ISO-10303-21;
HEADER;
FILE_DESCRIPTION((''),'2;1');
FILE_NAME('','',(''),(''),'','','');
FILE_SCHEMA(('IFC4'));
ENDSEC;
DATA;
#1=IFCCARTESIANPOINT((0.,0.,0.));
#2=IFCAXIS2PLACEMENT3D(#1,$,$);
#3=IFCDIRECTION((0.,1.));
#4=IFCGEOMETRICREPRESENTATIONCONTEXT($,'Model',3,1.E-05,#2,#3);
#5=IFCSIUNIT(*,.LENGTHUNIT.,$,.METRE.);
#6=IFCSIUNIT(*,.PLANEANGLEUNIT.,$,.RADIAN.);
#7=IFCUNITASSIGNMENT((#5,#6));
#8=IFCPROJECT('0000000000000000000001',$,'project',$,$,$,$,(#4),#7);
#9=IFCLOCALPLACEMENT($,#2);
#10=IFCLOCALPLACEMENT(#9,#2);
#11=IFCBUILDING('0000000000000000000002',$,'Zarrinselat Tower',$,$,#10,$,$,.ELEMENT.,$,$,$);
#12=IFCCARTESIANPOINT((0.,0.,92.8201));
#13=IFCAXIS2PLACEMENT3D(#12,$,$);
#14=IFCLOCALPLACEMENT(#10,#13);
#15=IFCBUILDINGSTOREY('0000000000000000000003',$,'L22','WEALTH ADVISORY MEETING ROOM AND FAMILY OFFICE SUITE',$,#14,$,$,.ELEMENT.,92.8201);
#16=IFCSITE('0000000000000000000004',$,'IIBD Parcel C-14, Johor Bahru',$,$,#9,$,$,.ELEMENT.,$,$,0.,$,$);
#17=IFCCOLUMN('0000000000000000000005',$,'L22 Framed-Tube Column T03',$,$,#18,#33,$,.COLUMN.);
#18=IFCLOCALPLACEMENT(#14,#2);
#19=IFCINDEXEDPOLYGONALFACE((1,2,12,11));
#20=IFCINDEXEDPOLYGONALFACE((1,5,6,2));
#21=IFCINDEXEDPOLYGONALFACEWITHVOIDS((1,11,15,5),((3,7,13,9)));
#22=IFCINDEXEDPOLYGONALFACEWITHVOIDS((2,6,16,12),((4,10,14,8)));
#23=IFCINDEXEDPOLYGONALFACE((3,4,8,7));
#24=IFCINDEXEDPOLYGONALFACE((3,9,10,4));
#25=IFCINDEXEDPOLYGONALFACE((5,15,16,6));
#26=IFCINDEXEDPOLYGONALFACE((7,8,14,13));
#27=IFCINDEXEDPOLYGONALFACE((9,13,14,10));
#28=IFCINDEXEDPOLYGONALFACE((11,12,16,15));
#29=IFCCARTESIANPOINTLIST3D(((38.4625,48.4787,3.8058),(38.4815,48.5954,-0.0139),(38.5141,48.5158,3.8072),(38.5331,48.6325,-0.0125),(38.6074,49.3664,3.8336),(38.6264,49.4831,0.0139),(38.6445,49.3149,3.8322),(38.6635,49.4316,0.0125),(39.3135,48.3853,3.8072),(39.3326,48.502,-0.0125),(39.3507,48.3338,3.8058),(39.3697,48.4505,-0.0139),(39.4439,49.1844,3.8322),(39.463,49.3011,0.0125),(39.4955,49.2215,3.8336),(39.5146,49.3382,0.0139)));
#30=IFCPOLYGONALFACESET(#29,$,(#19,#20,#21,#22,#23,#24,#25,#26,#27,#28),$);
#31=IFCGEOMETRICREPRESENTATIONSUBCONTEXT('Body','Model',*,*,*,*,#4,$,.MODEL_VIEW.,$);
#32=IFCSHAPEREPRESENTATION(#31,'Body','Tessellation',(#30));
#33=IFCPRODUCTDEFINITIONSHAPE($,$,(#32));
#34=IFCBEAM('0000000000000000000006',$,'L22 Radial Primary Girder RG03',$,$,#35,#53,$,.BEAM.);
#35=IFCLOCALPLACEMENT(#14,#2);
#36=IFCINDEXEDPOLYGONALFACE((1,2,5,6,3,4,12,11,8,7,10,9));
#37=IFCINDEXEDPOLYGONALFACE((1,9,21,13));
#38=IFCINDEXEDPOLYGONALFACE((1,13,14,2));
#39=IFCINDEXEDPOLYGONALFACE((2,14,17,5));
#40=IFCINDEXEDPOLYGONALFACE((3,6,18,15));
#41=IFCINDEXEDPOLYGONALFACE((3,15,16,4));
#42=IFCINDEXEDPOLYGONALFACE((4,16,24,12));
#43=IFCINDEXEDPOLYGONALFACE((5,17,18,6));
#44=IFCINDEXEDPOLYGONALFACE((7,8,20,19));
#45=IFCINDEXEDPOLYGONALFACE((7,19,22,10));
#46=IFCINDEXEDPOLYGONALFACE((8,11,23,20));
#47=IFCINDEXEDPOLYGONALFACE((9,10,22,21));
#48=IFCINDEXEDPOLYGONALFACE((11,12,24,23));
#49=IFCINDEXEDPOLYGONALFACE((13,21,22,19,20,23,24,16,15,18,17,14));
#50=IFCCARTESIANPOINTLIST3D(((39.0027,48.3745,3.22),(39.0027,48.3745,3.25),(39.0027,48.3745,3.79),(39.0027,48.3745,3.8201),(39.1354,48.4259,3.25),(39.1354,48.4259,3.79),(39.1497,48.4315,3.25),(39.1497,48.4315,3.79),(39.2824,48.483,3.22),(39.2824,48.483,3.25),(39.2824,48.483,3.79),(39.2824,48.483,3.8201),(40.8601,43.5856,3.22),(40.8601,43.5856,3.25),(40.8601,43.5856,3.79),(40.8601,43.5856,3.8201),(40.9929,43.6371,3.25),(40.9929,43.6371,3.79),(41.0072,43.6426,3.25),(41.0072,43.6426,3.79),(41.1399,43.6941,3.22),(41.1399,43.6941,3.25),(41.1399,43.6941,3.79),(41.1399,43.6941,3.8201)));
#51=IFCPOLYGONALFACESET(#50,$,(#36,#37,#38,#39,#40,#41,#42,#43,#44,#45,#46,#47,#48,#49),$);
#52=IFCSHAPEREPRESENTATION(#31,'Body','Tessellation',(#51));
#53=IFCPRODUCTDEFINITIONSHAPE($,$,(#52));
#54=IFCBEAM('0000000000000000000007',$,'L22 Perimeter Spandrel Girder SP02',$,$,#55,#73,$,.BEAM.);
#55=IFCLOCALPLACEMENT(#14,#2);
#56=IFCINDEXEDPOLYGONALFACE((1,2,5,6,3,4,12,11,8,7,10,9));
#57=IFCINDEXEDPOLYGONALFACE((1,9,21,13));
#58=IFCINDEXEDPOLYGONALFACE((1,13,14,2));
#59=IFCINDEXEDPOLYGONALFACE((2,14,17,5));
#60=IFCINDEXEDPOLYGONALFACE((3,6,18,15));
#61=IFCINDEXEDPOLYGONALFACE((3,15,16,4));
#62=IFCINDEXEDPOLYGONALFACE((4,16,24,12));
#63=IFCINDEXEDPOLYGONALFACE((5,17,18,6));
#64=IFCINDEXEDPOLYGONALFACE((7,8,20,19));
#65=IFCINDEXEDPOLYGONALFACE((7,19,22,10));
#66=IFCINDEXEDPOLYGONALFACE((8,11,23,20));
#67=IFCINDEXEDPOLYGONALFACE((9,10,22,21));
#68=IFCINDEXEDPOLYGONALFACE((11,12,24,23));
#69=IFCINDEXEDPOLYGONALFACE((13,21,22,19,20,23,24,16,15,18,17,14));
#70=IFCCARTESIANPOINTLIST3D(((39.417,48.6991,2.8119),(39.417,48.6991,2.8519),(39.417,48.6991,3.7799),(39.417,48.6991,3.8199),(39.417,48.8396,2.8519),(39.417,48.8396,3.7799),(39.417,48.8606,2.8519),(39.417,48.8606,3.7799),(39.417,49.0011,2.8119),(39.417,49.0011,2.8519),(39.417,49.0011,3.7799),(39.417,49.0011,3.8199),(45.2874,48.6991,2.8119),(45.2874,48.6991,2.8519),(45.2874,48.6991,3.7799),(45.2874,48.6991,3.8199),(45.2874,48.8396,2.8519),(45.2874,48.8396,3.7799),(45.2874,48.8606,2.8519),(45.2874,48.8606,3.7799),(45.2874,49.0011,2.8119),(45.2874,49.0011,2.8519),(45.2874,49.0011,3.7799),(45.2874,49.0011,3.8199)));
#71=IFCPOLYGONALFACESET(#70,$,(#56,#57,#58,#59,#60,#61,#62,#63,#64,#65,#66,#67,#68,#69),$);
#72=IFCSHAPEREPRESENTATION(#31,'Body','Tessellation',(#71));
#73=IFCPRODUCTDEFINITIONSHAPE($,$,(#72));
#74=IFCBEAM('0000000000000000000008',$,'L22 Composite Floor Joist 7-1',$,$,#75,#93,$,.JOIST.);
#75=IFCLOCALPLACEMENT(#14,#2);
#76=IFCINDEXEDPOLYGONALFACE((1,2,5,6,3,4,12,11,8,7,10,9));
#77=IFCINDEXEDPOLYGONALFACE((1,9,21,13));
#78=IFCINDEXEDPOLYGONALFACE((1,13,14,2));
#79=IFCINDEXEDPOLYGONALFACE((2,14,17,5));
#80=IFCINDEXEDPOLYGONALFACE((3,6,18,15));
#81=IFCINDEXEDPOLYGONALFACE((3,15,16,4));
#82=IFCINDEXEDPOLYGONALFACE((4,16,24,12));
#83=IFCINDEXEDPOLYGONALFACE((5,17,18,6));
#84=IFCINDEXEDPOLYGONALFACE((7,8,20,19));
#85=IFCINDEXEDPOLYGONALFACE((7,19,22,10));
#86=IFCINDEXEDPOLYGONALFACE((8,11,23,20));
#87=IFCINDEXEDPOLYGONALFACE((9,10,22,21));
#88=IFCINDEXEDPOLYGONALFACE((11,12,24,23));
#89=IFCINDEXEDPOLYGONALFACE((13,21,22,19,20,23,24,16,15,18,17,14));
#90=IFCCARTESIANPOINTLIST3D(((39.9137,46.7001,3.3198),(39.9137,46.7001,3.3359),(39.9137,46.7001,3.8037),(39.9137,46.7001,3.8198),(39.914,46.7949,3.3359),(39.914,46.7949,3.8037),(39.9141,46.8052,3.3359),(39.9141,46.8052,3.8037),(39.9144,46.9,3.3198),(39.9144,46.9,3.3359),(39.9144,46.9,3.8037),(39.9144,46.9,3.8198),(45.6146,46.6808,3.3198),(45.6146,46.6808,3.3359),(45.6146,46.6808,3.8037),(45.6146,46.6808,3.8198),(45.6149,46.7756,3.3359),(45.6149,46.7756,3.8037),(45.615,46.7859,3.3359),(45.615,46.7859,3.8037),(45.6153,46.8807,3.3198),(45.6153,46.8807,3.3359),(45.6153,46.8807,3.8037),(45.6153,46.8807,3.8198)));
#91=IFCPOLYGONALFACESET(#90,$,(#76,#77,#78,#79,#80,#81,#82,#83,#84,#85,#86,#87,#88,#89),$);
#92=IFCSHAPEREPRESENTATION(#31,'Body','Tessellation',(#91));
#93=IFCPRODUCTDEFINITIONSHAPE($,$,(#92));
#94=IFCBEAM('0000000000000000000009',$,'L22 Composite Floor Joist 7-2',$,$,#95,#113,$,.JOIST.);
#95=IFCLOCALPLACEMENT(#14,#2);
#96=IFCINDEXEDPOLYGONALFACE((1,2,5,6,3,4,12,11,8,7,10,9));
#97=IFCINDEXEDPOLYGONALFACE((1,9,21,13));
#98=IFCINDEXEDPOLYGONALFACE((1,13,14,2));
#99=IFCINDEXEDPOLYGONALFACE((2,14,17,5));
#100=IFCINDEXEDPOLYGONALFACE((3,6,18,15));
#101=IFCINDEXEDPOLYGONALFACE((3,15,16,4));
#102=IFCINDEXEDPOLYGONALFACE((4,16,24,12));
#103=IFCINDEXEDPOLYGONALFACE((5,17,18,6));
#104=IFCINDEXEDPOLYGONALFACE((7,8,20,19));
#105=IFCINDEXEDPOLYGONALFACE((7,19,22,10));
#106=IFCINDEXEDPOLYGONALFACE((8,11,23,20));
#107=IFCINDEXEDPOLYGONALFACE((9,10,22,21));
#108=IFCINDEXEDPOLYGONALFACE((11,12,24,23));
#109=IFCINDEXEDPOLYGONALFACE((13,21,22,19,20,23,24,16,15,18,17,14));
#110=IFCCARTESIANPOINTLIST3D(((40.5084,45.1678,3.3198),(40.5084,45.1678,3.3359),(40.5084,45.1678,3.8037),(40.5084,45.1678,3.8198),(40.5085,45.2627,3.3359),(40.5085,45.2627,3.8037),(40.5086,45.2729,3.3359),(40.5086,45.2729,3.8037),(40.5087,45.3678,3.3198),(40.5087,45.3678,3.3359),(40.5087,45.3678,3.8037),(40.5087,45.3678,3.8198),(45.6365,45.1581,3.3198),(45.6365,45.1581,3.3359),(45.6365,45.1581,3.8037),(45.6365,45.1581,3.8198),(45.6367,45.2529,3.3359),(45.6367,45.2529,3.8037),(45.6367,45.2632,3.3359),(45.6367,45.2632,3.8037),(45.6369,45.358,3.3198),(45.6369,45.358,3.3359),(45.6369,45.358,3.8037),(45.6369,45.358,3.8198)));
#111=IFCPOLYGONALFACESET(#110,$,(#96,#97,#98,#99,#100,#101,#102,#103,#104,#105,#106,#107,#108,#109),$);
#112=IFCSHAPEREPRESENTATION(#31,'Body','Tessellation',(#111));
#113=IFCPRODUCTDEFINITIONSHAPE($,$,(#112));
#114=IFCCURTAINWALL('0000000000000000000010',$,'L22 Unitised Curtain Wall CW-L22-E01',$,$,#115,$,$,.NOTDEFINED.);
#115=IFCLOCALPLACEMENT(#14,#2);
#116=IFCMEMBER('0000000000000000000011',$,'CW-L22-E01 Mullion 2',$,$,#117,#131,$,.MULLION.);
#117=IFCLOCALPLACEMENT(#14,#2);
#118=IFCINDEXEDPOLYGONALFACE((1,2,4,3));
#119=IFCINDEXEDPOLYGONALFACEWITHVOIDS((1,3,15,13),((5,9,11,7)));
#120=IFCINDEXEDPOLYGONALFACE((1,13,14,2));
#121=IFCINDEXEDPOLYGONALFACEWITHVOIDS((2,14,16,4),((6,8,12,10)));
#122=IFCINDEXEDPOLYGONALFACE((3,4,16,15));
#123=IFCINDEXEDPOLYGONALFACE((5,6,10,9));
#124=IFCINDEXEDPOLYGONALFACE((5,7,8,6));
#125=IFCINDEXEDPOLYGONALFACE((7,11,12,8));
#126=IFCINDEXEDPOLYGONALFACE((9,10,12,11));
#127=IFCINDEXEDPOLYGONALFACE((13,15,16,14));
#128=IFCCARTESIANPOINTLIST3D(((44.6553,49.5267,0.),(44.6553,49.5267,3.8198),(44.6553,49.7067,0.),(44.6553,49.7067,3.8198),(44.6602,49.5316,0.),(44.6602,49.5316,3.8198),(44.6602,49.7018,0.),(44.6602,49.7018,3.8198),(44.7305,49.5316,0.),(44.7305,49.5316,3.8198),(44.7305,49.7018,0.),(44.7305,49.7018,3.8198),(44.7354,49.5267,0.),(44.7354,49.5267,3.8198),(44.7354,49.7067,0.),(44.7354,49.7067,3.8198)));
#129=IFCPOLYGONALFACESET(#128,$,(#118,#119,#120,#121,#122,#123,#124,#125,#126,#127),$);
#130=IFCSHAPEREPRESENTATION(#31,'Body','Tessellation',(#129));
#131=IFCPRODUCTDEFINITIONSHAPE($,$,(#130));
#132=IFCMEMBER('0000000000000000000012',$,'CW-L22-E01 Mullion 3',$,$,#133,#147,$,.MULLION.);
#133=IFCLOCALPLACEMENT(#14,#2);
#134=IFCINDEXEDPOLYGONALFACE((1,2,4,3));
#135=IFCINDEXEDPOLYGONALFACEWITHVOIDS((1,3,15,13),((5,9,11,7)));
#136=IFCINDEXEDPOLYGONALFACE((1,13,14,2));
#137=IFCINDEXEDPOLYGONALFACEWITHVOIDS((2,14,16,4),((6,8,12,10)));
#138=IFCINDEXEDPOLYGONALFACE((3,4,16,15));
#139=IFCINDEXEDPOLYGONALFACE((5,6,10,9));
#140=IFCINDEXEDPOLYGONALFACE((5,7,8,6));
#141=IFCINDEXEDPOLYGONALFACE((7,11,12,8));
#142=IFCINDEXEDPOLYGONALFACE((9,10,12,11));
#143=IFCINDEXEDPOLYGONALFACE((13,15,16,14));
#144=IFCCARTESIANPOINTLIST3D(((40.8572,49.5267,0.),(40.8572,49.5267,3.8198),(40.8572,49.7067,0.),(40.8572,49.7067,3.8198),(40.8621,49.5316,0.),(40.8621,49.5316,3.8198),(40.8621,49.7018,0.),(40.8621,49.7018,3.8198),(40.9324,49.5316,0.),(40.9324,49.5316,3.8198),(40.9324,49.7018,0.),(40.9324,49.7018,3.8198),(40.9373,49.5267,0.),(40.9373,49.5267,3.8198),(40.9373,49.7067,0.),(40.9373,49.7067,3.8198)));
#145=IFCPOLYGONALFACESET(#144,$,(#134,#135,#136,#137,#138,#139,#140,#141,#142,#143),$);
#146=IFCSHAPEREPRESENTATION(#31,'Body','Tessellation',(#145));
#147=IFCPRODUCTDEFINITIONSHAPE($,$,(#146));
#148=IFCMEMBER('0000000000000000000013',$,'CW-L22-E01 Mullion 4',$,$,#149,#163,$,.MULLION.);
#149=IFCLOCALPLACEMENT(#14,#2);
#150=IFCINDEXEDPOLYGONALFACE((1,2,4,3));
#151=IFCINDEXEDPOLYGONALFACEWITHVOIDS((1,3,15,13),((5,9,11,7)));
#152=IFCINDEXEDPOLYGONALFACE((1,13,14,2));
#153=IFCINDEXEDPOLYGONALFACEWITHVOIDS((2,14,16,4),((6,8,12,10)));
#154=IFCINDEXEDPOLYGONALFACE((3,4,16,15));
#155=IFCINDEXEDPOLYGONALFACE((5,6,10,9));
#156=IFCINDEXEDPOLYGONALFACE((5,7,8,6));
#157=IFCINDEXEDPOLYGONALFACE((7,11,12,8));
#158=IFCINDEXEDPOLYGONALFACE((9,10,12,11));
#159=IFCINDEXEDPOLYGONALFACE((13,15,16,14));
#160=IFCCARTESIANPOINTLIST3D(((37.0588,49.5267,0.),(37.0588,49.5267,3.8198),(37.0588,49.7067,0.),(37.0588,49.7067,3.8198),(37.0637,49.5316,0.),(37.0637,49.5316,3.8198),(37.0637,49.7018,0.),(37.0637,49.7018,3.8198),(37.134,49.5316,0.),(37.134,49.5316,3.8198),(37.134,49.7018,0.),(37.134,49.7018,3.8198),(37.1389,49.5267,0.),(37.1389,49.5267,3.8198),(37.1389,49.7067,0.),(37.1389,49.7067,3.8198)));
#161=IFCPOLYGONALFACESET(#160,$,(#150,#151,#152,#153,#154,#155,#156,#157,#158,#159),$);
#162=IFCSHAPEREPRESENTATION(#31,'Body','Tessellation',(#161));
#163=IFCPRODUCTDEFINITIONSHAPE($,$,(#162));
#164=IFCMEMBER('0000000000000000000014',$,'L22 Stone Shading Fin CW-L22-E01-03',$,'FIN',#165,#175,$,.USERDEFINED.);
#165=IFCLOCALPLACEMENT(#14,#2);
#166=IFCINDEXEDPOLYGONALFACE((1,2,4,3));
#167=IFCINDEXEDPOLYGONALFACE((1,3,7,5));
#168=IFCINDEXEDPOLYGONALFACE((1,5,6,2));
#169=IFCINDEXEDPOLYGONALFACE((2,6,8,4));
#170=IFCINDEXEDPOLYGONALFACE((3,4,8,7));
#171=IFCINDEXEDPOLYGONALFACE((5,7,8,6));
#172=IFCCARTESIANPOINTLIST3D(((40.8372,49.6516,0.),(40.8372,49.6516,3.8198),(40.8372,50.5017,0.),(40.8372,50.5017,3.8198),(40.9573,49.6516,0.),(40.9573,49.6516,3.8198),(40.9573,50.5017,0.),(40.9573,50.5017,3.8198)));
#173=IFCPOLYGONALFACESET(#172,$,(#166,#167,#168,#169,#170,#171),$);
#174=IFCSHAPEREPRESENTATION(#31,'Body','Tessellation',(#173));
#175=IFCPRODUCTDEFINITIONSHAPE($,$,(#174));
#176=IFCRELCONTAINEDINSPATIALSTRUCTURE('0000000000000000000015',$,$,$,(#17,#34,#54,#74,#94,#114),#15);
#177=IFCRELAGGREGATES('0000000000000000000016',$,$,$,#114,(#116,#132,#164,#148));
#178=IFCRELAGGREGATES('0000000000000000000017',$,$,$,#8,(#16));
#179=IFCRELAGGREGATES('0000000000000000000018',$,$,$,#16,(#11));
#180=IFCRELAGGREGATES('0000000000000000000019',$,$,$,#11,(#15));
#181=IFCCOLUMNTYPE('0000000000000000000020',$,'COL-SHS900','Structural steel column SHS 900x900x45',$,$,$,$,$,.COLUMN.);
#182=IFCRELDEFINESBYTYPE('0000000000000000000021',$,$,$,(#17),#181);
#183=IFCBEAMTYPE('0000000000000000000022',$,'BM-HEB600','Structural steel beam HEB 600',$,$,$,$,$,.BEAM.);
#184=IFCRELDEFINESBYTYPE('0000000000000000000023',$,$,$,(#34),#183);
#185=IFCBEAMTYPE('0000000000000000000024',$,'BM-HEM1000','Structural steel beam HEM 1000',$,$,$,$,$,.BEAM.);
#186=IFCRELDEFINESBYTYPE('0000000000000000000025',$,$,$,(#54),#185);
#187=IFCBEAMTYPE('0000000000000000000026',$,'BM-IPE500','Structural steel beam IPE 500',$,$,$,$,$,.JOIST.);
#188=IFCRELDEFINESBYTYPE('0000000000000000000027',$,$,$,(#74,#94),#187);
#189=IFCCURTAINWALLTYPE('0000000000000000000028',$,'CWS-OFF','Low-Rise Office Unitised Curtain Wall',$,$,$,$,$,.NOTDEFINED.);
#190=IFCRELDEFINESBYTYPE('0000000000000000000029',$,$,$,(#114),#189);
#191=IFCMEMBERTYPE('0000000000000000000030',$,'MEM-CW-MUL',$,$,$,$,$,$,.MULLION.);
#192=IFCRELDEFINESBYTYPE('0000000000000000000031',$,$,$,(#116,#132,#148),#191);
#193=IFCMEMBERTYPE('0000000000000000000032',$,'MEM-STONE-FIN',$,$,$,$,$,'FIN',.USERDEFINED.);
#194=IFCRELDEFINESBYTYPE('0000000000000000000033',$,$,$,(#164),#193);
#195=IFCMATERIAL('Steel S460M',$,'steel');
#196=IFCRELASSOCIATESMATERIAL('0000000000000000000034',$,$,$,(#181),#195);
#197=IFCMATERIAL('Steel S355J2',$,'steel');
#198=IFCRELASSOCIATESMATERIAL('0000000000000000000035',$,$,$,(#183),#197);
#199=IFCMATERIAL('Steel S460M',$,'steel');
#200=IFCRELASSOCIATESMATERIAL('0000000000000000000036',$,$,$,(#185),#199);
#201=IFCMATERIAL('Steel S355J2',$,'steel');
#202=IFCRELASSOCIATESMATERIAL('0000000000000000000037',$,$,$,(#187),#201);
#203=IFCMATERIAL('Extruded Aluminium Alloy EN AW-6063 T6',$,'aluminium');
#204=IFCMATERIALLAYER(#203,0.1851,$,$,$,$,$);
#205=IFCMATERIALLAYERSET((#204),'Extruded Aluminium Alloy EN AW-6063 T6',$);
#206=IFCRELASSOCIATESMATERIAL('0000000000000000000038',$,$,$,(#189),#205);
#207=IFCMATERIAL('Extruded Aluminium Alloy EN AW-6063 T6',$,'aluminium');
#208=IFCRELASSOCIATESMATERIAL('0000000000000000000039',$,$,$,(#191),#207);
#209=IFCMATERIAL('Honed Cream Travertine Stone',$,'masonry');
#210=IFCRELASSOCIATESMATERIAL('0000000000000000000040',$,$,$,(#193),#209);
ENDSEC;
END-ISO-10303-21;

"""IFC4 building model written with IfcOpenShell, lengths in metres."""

from ifc_helpers import new_model, si_unit, direction, frame, origin, origin_2d, place, context, subcontext, project, spatial, rectangle, hollow_rectangle, i_section, extrude, material, layer, layer_set, material_profile, profile_set, type_object, element, aggregate, save


model = new_model("IFC4")

# Units and contexts
model_context = context("Model", 3, precision=1e-05, world=origin(), true_north=direction((0.0, 1.0)))
body_context = subcontext(model_context, "Body", "Model", "MODEL_VIEW")
ifc_project = project(units=[si_unit("LENGTHUNIT", "METRE"), si_unit("PLANEANGLEUNIT", "RADIAN")], contexts=[model_context])

# Site, building, storey
site_placement = place(None, origin())
site = spatial("IfcSite", under=ifc_project, at=site_placement, Name="IIBD Parcel C-14, Johor Bahru", CompositionType="ELEMENT", RefElevation=0.0)
building_placement = place(site_placement, origin())
building = spatial("IfcBuilding", under=site, at=building_placement, Name="Zarrinselat Tower", CompositionType="ELEMENT")
storey_placement = place(building_placement, frame((0.0, 0.0, 92.8201)))
storey = spatial("IfcBuildingStorey", under=building, at=storey_placement, Name="L22", Description="WEALTH ADVISORY MEETING ROOM AND FAMILY OFFICE SUITE", CompositionType="ELEMENT", Elevation=92.8201)

# Column
ifc_material_1 = material(Name="Steel S460M", Category="steel")
ifc_material_profile_1 = material_profile(ifc_material_1, hollow_rectangle(XDim=0.8999, YDim=0.8999, WallThickness=0.0449, at=origin_2d()), Name="SHS 900x900x45")
ifc_profile_set_1 = profile_set([ifc_material_profile_1], Name="Steel S460M")
column_type = type_object("IfcColumnType", Name="COL-SHS900", Description="Structural steel column SHS 900x900x45", PredefinedType="COLUMN", material=ifc_profile_set_1)
column_placement = place(storey_placement, frame((38.998, 48.9668, 0.0), z_axis=(-0.004983, -0.030536, 0.999521), x_axis=(0.986946, -0.16105, 0.0)))
element("IfcColumn", 1, at=column_placement, inside=storey, type_object=column_type, Name="L22 Framed-Tube Column T03", PredefinedType="COLUMN", context=body_context, shape_type="SweptSolid", body=[
    extrude(hollow_rectangle(XDim=0.8999, YDim=0.8999, WallThickness=0.0449, at=origin_2d()), origin(), (0.0, 0.0, 1.0), 3.8215),
])

# Beams
ifc_material_2 = material(Name="Steel S355J2", Category="steel")
ifc_material_profile_2 = material_profile(ifc_material_2, i_section(OverallWidth=0.3, OverallDepth=0.6001, WebThickness=0.0154, FlangeThickness=0.03, at=origin_2d()), Name="HEB 600")
ifc_profile_set_2 = profile_set([ifc_material_profile_2], Name="Steel S355J2")
beam_type_1 = type_object("IfcBeamType", Name="BM-HEB600", Description="Structural steel beam HEB 600", PredefinedType="BEAM", material=ifc_profile_set_2)
beam_1_placement = place(storey_placement, frame((39.1426, 48.4287, 3.52), z_axis=(0.361618, -0.932326, 0.0), x_axis=(0.932326, 0.361618, 0.0)))
element("IfcBeam", 2, at=beam_1_placement, inside=storey, type_object=beam_type_1, Name="L22 Radial Primary Girder RG03", PredefinedType="BEAM", context=body_context, shape_type="SweptSolid", body=[
    extrude(i_section(OverallWidth=0.3, OverallDepth=0.6001, WebThickness=0.0154, FlangeThickness=0.03, at=origin_2d()), origin(), (0.0, 0.0, 1.0), 5.1365),
])
ifc_material_3 = material(Name="Steel S460M", Category="steel")
ifc_material_profile_3 = material_profile(ifc_material_3, i_section(OverallWidth=0.302, OverallDepth=1.0081, WebThickness=0.021, FlangeThickness=0.04, at=origin_2d()), Name="HEM 1000")
ifc_profile_set_3 = profile_set([ifc_material_profile_3], Name="Steel S460M")
beam_type_2 = type_object("IfcBeamType", Name="BM-HEM1000", Description="Structural steel beam HEM 1000", PredefinedType="BEAM", material=ifc_profile_set_3)
beam_2_placement = place(storey_placement, frame((39.417, 48.8501, 3.3159), z_axis=(1.0, 0.0, 0.0), x_axis=(0.0, 1.0, 0.0)))
element("IfcBeam", 3, at=beam_2_placement, inside=storey, type_object=beam_type_2, Name="L22 Perimeter Spandrel Girder SP02", PredefinedType="BEAM", context=body_context, shape_type="SweptSolid", body=[
    extrude(i_section(OverallWidth=0.302, OverallDepth=1.0081, WebThickness=0.021, FlangeThickness=0.04, at=origin_2d()), origin(), (0.0, 0.0, 1.0), 5.8704),
])
ifc_material_4 = material(Name="Steel S355J2", Category="steel")
ifc_material_profile_4 = material_profile(ifc_material_4, i_section(OverallWidth=0.2, OverallDepth=0.5, WebThickness=0.0103, FlangeThickness=0.0161, at=origin_2d()), Name="IPE 500")
ifc_profile_set_4 = profile_set([ifc_material_profile_4], Name="Steel S355J2")
beam_type_3 = type_object("IfcBeamType", Name="BM-IPE500", Description="Structural steel beam IPE 500", PredefinedType="JOIST", material=ifc_profile_set_4)
beam_3_placement = place(storey_placement, frame((39.9141, 46.8, 3.5698), z_axis=(0.999994, -0.003383, 0.0), x_axis=(0.003383, 0.999994, 0.0)))
element("IfcBeam", 4, at=beam_3_placement, inside=storey, type_object=beam_type_3, Name="L22 Composite Floor Joist 7-1", PredefinedType="JOIST", context=body_context, shape_type="SweptSolid", body=[
    extrude(i_section(OverallWidth=0.2, OverallDepth=0.5, WebThickness=0.0103, FlangeThickness=0.0161, at=origin_2d()), origin(), (0.0, 0.0, 1.0), 5.7009),
])
beam_4_placement = place(storey_placement, frame((40.5085, 45.2678, 3.5698), z_axis=(0.999998, -0.001904, 0.0), x_axis=(0.001904, 0.999998, 0.0)))
element("IfcBeam", 5, at=beam_4_placement, inside=storey, type_object=beam_type_3, Name="L22 Composite Floor Joist 7-2", PredefinedType="JOIST", context=body_context, shape_type="SweptSolid", body=[
    extrude(i_section(OverallWidth=0.2, OverallDepth=0.5, WebThickness=0.0103, FlangeThickness=0.0161, at=origin_2d()), origin(), (0.0, 0.0, 1.0), 5.1282),
])

# Curtain wall, members
ifc_material_5 = material(Name="Extruded Aluminium Alloy EN AW-6063 T6", Category="aluminium")
ifc_layer_1 = layer(ifc_material_5, 0.1851)
ifc_layer_set_1 = layer_set([ifc_layer_1], Name="Extruded Aluminium Alloy EN AW-6063 T6")
curtain_wall_type = type_object("IfcCurtainWallType", Name="CWS-OFF", Description="Low-Rise Office Unitised Curtain Wall", PredefinedType="NOTDEFINED", material=ifc_layer_set_1)
curtain_wall_placement = place(storey_placement, origin())
curtain_wall = element("IfcCurtainWall", 6, at=curtain_wall_placement, inside=storey, type_object=curtain_wall_type, Name="L22 Unitised Curtain Wall CW-L22-E01", PredefinedType="NOTDEFINED")
ifc_material_6 = material(Name="Extruded Aluminium Alloy EN AW-6063 T6", Category="aluminium")
ifc_material_profile_5 = material_profile(ifc_material_6, hollow_rectangle(XDim=0.0801, YDim=0.1799, WallThickness=0.0049, at=origin_2d()), Name="RHS 180x80x5")
ifc_profile_set_5 = profile_set([ifc_material_profile_5], Name="Extruded Aluminium Alloy EN AW-6063 T6")
member_type_1 = type_object("IfcMemberType", Name="MEM-CW-MUL", PredefinedType="MULLION", material=ifc_profile_set_5)
member_1_placement = place(storey_placement, frame((44.6953, 49.6167, 0.0), z_axis=(0.0, 0.0, 1.0), x_axis=(-1.0, 0.0, 0.0)))
member_1 = element("IfcMember", 7, at=member_1_placement, type_object=member_type_1, Name="CW-L22-E01 Mullion 2", PredefinedType="MULLION", context=body_context, shape_type="SweptSolid", body=[
    extrude(hollow_rectangle(XDim=0.0801, YDim=0.1799, WallThickness=0.0049, at=origin_2d()), origin(), (0.0, 0.0, 1.0), 3.8198),
])
member_2_placement = place(storey_placement, frame((40.8972, 49.6167, 0.0), z_axis=(0.0, 0.0, 1.0), x_axis=(-1.0, 0.0, 0.0)))
member_2 = element("IfcMember", 8, at=member_2_placement, type_object=member_type_1, Name="CW-L22-E01 Mullion 3", PredefinedType="MULLION", context=body_context, shape_type="SweptSolid", body=[
    extrude(hollow_rectangle(XDim=0.0801, YDim=0.1799, WallThickness=0.0049, at=origin_2d()), origin(), (0.0, 0.0, 1.0), 3.8198),
])
member_3_placement = place(storey_placement, frame((37.0989, 49.6167, 0.0), z_axis=(0.0, 0.0, 1.0), x_axis=(-1.0, 0.0, 0.0)))
member_3 = element("IfcMember", 9, at=member_3_placement, type_object=member_type_1, Name="CW-L22-E01 Mullion 4", PredefinedType="MULLION", context=body_context, shape_type="SweptSolid", body=[
    extrude(hollow_rectangle(XDim=0.0801, YDim=0.1799, WallThickness=0.0049, at=origin_2d()), origin(), (0.0, 0.0, 1.0), 3.8198),
])
ifc_material_7 = material(Name="Honed Cream Travertine Stone", Category="masonry")
ifc_material_profile_6 = material_profile(ifc_material_7, rectangle(XDim=0.1201, YDim=0.8501, at=origin_2d()), Name="FIN 850x120")
ifc_profile_set_6 = profile_set([ifc_material_profile_6], Name="Honed Cream Travertine Stone")
member_type_2 = type_object("IfcMemberType", Name="MEM-STONE-FIN", ElementType="FIN", PredefinedType="USERDEFINED", material=ifc_profile_set_6)
member_4_placement = place(storey_placement, frame((40.8972, 50.0767, 0.0), z_axis=(0.0, 0.0, 1.0), x_axis=(1.0, 0.0, 0.0)))
member_4 = element("IfcMember", 10, at=member_4_placement, type_object=member_type_2, Name="L22 Stone Shading Fin CW-L22-E01-03", ObjectType="FIN", PredefinedType="USERDEFINED", context=body_context, shape_type="SweptSolid", body=[
    extrude(rectangle(XDim=0.1201, YDim=0.8501, at=origin_2d()), origin(), (0.0, 0.0, 1.0), 3.8198),
])
aggregate(curtain_wall, [member_1, member_2, member_4, member_3])

save(model, "model.ifc")
